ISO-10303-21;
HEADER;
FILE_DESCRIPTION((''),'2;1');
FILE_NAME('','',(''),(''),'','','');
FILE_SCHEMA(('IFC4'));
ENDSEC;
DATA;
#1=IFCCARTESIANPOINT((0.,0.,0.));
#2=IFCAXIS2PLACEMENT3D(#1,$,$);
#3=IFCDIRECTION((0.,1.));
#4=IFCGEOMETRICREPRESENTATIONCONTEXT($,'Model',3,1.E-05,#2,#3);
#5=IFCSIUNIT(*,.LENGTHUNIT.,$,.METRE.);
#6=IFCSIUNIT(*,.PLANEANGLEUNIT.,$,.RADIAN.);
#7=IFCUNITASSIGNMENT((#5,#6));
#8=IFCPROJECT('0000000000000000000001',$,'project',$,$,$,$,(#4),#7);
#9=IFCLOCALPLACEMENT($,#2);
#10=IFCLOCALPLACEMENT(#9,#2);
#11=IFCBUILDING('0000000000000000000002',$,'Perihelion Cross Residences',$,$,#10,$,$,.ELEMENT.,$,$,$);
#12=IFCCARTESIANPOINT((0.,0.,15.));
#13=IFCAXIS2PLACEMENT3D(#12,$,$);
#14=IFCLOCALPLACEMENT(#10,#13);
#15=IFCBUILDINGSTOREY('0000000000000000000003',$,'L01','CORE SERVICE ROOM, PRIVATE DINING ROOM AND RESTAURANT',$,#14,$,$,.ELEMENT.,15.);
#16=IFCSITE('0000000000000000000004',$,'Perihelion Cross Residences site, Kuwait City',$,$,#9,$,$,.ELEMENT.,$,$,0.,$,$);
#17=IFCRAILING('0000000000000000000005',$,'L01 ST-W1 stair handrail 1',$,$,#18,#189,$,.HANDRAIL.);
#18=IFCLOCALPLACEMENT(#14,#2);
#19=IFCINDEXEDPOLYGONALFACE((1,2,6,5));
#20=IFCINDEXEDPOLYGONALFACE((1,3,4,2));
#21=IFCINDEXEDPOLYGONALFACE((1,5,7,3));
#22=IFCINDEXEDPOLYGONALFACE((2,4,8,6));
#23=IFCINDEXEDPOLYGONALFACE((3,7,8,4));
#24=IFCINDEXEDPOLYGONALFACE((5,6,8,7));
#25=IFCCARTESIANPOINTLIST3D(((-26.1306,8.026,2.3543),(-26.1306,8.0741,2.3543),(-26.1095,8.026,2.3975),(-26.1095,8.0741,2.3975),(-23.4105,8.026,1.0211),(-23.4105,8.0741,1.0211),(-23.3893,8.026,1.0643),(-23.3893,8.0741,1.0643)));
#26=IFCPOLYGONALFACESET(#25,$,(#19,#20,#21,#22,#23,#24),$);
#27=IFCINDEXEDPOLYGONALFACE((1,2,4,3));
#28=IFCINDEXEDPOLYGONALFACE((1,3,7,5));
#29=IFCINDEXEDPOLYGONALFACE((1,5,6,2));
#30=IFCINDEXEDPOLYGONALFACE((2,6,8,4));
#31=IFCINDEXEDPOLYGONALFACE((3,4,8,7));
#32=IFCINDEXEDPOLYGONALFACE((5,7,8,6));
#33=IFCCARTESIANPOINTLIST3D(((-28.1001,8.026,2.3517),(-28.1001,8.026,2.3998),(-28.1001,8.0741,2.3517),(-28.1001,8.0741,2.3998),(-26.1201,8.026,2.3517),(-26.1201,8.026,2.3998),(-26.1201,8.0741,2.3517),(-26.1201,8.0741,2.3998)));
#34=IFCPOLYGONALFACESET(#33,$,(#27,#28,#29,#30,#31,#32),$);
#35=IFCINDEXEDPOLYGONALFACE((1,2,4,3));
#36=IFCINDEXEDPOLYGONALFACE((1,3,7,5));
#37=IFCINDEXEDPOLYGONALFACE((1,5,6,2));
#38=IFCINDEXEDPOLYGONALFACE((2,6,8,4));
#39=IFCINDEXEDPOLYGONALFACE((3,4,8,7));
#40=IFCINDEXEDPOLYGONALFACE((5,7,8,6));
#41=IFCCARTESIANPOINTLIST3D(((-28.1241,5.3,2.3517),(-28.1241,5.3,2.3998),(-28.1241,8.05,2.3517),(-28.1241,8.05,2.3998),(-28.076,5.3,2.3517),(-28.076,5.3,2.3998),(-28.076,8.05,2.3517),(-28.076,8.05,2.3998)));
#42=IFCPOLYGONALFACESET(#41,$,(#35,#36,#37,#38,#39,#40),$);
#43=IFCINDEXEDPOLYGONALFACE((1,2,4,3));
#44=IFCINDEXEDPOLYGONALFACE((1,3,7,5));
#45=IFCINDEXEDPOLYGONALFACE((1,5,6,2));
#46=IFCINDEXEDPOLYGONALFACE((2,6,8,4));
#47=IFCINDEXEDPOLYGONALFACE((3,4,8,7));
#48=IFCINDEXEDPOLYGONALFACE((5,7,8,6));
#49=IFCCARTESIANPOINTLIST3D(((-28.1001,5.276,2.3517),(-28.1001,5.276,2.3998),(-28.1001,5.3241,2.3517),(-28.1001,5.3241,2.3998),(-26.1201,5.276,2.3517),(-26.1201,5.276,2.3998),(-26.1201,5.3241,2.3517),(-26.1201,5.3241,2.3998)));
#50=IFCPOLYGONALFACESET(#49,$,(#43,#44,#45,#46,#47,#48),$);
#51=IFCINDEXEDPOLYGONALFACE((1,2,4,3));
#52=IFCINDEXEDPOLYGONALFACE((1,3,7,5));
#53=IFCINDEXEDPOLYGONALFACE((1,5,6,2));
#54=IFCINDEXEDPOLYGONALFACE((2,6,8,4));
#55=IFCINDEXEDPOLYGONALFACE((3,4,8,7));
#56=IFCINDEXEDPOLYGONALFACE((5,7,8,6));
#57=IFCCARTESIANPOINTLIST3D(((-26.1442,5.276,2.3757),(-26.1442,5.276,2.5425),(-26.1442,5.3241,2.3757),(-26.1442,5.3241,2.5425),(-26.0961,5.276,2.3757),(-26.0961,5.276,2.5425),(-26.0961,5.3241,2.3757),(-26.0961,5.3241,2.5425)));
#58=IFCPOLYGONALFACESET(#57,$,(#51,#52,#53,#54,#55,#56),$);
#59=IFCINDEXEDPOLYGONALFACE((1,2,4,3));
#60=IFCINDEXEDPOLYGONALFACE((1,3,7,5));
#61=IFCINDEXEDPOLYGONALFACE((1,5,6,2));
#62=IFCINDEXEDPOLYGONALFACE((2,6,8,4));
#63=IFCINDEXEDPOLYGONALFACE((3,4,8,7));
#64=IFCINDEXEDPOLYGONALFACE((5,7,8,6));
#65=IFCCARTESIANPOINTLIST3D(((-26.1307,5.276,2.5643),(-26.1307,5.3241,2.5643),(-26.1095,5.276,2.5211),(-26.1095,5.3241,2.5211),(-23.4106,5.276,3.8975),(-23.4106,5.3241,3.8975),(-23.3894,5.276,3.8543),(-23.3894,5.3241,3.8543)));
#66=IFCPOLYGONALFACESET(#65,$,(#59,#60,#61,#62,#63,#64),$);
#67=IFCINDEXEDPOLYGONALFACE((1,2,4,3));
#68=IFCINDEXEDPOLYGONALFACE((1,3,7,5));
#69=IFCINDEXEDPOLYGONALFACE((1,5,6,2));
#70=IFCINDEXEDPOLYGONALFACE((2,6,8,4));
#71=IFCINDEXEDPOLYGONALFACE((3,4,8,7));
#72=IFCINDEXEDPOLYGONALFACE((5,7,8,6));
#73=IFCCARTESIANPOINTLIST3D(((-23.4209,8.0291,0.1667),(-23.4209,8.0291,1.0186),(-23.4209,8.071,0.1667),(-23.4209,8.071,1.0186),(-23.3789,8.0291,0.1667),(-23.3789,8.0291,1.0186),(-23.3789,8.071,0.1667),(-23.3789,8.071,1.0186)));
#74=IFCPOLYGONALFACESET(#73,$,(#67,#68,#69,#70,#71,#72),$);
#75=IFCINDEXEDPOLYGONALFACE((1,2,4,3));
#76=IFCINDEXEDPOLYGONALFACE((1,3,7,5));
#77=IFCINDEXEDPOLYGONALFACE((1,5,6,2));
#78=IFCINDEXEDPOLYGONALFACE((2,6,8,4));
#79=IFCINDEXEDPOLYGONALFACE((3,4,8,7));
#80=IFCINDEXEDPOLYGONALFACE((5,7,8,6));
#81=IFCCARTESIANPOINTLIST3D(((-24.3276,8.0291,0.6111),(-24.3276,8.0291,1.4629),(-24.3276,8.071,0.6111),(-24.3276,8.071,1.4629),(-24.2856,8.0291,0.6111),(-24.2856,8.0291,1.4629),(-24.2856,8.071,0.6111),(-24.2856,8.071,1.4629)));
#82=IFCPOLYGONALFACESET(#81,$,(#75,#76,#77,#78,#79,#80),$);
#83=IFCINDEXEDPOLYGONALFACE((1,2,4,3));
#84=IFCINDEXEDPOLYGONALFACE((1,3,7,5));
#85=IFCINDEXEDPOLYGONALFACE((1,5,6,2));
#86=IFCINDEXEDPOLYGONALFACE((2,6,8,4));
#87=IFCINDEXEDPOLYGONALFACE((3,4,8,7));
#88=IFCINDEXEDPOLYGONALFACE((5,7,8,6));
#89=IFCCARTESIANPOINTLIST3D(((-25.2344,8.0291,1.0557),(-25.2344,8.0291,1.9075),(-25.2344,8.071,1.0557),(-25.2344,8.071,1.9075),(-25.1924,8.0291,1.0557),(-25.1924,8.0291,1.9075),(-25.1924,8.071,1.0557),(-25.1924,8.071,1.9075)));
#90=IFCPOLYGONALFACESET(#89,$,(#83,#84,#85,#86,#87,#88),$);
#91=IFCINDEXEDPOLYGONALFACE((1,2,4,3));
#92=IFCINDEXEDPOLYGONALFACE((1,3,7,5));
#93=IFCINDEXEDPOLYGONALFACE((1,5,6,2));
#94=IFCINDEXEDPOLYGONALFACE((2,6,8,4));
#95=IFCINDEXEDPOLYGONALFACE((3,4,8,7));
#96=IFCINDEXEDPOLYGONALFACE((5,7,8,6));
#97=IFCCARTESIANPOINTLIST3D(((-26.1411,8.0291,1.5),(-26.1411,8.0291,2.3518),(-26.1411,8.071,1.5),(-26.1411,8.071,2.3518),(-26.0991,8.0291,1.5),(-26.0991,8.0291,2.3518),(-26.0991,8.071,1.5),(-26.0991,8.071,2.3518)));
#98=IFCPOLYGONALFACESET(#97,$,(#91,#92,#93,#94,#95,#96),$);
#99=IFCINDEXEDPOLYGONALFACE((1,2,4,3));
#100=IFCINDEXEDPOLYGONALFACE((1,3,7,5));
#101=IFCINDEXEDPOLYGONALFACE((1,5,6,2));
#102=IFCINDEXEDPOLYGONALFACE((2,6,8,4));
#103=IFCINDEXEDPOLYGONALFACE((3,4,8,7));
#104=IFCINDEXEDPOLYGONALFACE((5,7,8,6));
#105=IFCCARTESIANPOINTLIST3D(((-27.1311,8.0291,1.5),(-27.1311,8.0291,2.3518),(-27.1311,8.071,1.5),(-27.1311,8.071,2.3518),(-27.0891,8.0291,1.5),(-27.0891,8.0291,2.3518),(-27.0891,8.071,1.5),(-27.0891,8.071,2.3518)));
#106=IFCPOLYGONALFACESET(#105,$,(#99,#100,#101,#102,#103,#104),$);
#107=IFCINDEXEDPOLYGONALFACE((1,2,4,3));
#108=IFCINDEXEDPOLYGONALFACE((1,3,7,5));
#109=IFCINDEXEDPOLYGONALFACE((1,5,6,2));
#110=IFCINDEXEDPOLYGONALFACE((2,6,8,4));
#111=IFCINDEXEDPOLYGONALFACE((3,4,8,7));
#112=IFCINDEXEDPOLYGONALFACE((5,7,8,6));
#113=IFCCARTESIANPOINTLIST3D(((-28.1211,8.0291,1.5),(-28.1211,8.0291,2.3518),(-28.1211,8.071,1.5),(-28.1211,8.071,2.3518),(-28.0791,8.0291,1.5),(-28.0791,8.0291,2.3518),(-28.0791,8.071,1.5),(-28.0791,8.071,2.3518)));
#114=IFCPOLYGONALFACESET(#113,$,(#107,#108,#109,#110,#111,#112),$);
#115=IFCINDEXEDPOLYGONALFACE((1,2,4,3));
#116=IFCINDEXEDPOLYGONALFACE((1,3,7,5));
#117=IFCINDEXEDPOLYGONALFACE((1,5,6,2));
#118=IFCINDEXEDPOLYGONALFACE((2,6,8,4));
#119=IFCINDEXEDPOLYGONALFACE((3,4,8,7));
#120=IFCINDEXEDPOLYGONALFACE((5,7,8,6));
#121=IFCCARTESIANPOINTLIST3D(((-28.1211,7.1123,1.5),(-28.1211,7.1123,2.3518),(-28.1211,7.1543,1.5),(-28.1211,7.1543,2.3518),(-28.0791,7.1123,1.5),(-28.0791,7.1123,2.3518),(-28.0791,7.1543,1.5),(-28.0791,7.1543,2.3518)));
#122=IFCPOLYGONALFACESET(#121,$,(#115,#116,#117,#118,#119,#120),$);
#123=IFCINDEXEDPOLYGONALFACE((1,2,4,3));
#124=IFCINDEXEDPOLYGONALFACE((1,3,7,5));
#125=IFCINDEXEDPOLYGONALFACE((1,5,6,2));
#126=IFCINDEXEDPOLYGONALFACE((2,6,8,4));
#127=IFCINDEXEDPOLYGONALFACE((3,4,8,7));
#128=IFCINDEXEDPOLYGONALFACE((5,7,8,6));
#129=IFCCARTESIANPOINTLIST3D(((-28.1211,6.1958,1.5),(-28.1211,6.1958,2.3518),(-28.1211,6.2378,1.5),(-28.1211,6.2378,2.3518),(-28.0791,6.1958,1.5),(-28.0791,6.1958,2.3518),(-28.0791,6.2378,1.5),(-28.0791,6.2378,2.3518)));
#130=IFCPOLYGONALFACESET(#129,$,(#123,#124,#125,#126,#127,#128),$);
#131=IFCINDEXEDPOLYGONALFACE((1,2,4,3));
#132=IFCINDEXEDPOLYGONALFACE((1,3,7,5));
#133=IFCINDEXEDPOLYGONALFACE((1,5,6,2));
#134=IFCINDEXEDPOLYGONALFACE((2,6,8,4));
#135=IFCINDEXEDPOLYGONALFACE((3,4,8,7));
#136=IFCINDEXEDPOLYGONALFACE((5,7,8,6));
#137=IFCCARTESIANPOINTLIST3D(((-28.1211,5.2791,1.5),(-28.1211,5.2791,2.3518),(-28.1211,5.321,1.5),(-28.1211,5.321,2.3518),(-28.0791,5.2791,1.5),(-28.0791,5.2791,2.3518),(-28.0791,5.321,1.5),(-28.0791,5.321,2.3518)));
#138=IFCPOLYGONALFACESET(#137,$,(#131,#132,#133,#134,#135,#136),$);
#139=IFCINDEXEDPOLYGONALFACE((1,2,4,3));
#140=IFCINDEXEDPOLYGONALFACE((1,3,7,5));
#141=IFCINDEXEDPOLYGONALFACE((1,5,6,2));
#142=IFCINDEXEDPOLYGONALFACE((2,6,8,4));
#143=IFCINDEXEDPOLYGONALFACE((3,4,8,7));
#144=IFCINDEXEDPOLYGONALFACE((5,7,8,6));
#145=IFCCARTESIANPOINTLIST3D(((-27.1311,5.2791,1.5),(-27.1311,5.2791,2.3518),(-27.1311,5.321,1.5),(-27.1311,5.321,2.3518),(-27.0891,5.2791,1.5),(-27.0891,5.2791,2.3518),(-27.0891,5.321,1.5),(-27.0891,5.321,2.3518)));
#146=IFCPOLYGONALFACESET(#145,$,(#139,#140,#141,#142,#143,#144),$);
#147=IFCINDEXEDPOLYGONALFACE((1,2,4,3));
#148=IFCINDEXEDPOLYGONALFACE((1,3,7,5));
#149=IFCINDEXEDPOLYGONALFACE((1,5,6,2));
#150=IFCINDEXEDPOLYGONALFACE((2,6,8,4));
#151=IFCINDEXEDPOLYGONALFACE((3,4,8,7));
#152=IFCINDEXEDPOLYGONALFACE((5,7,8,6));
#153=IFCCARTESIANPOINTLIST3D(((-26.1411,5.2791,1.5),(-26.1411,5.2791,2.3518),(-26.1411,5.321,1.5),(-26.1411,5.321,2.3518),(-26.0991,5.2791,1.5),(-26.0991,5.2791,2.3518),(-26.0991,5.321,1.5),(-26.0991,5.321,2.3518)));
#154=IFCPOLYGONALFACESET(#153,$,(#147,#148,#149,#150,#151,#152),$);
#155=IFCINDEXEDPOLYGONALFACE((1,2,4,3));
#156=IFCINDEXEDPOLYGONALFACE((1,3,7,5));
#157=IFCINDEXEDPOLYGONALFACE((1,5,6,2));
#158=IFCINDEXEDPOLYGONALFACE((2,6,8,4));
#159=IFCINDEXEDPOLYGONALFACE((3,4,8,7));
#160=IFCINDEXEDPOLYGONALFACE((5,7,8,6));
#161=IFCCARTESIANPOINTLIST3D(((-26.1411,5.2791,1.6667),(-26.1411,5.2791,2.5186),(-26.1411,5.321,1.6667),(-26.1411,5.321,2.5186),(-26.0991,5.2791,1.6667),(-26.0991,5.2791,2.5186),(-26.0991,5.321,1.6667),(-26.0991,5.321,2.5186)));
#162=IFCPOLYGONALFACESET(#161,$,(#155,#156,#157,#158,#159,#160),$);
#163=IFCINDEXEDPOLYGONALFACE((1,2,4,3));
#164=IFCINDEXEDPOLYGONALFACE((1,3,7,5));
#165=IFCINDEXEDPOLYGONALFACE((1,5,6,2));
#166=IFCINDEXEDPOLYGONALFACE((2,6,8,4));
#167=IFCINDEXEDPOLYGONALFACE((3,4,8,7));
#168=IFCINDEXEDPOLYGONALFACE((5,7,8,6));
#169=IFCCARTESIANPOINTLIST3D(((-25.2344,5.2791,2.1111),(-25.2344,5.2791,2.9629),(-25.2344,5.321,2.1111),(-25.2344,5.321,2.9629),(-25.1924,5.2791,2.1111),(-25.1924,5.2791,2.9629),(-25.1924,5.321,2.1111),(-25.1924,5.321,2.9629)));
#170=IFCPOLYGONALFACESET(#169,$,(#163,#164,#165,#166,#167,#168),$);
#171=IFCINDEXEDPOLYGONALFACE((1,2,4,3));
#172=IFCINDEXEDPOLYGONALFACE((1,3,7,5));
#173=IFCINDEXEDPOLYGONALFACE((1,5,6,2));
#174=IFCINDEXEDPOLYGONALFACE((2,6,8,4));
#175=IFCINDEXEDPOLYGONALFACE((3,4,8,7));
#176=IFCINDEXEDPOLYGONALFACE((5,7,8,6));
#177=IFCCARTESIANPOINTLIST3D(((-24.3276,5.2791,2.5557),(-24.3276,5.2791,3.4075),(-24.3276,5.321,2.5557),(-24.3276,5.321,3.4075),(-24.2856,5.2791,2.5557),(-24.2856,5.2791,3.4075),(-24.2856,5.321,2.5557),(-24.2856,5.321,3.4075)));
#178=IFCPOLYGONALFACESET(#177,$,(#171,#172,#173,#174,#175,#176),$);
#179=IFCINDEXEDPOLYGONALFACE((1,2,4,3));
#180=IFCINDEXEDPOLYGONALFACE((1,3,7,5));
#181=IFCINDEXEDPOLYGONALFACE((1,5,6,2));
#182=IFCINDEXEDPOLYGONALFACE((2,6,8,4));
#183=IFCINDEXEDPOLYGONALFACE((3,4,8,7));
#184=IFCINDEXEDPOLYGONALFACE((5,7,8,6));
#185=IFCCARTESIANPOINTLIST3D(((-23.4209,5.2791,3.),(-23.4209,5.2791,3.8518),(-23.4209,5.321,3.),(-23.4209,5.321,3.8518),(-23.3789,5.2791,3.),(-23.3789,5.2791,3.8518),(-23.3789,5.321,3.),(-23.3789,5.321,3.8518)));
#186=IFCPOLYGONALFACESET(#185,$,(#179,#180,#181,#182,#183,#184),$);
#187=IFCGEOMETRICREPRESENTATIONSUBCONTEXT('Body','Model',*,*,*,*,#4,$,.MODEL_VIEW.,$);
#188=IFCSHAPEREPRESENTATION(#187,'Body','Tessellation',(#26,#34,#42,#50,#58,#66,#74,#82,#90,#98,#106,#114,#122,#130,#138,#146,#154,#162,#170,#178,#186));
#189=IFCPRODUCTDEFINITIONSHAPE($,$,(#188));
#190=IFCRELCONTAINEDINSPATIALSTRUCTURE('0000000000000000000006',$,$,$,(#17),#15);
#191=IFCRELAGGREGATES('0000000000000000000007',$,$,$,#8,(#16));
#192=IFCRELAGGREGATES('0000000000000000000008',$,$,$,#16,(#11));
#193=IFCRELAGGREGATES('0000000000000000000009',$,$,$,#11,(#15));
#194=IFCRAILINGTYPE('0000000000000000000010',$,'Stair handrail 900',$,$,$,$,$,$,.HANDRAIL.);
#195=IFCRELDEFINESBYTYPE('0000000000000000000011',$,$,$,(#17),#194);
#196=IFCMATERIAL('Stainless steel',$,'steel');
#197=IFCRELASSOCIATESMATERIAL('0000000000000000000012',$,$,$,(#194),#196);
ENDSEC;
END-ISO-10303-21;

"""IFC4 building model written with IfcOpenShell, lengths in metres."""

from ifc_helpers import new_model, si_unit, direction, frame, origin, origin_2d, place, context, subcontext, project, spatial, rectangle, extrude, material, type_object, element, save


model = new_model("IFC4")

# Units and contexts
model_context = context("Model", 3, precision=1e-05, world=origin(), true_north=direction((0.0, 1.0)))
body_context = subcontext(model_context, "Body", "Model", "MODEL_VIEW")
ifc_project = project(units=[si_unit("LENGTHUNIT", "METRE"), si_unit("PLANEANGLEUNIT", "RADIAN")], contexts=[model_context])

# Site, building, storey
site_placement = place(None, origin())
site = spatial("IfcSite", under=ifc_project, at=site_placement, Name="Perihelion Cross Residences site, Kuwait City", CompositionType="ELEMENT", RefElevation=0.0)
building_placement = place(site_placement, origin())
building = spatial("IfcBuilding", under=site, at=building_placement, Name="Perihelion Cross Residences", CompositionType="ELEMENT")
storey_placement = place(building_placement, frame((0.0, 0.0, 15.0)))
storey = spatial("IfcBuildingStorey", under=building, at=storey_placement, Name="L01", Description="CORE SERVICE ROOM, PRIVATE DINING ROOM AND RESTAURANT", CompositionType="ELEMENT", Elevation=15.0)

# Railing
ifc_material_1 = material(Name="Stainless steel", Category="steel")
railing_type_1 = type_object("IfcRailingType", Name="Stair handrail 900", PredefinedType="HANDRAIL", material=ifc_material_1)
railing_1_placement = place(storey_placement, frame((-23.3999, 8.05, 0.1667)))
element("IfcRailing", 1, at=railing_1_placement, inside=storey, type_object=railing_type_1, Name="L01 ST-W1 stair handrail 1", PredefinedType="HANDRAIL", context=body_context, shape_type="SweptSolid", body=[
    extrude(rectangle(XDim=0.0481, YDim=0.0481, at=origin_2d()), frame((0.0, 0.0, 0.876), z_axis=(-0.897945, 0.0, 0.440108), x_axis=(0.0, -1.0, 0.0)), (0.0, 0.0, 1.0), 3.0293),
    extrude(rectangle(XDim=0.0481, YDim=0.0481, at=origin_2d()), frame((-2.7202, 0.0, 2.209), z_axis=(-1.0, 0.0, 0.0), x_axis=(0.0, -1.0, 0.0)), (0.0, 0.0, 1.0), 1.98),
    extrude(rectangle(XDim=0.0481, YDim=0.0481, at=origin_2d()), frame((-4.7002, 0.0, 2.209), z_axis=(0.0, -1.0, 0.0), x_axis=(1.0, 0.0, 0.0)), (0.0, 0.0, 1.0), 2.75),
    extrude(rectangle(XDim=0.0481, YDim=0.0481, at=origin_2d()), frame((-4.7002, -2.75, 2.209), z_axis=(1.0, 0.0, 0.0), x_axis=(0.0, 1.0, 0.0)), (0.0, 0.0, 1.0), 1.98),
    extrude(rectangle(XDim=0.0481, YDim=0.0481, at=origin_2d()), frame((-2.7202, -2.75, 2.209), z_axis=(0.0, 0.0, 1.0), x_axis=(1.0, 0.0, 0.0)), (0.0, 0.0, 1.0), 0.1667),
    extrude(rectangle(XDim=0.0481, YDim=0.0481, at=origin_2d()), frame((-2.7202, -2.75, 2.376), z_axis=(0.897945, 0.0, 0.440108), x_axis=(0.0, 1.0, 0.0)), (0.0, 0.0, 1.0), 3.0293),
    extrude(rectangle(XDim=0.042, YDim=0.042, at=origin_2d()), origin(), (0.0, 0.0, 1.0), 0.8518),
    extrude(rectangle(XDim=0.042, YDim=0.042, at=origin_2d()), frame((-0.9067, 0.0, 0.4443)), (0.0, 0.0, 1.0), 0.8518),
    extrude(rectangle(XDim=0.042, YDim=0.042, at=origin_2d()), frame((-1.8135, 0.0, 0.8889)), (0.0, 0.0, 1.0), 0.8518),
    extrude(rectangle(XDim=0.042, YDim=0.042, at=origin_2d()), frame((-2.7202, 0.0, 1.3333)), (0.0, 0.0, 1.0), 0.8518),
    extrude(rectangle(XDim=0.042, YDim=0.042, at=origin_2d()), frame((-3.7102, 0.0, 1.3333)), (0.0, 0.0, 1.0), 0.8518),
    extrude(rectangle(XDim=0.042, YDim=0.042, at=origin_2d()), frame((-4.7002, 0.0, 1.3333)), (0.0, 0.0, 1.0), 0.8518),
    extrude(rectangle(XDim=0.042, YDim=0.042, at=origin_2d()), frame((-4.7002, -0.9167, 1.3333)), (0.0, 0.0, 1.0), 0.8518),
    extrude(rectangle(XDim=0.042, YDim=0.042, at=origin_2d()), frame((-4.7002, -1.8333, 1.3333)), (0.0, 0.0, 1.0), 0.8518),
    extrude(rectangle(XDim=0.042, YDim=0.042, at=origin_2d()), frame((-4.7002, -2.75, 1.3333)), (0.0, 0.0, 1.0), 0.8518),
    extrude(rectangle(XDim=0.042, YDim=0.042, at=origin_2d()), frame((-3.7102, -2.75, 1.3333)), (0.0, 0.0, 1.0), 0.8518),
    extrude(rectangle(XDim=0.042, YDim=0.042, at=origin_2d()), frame((-2.7202, -2.75, 1.3333)), (0.0, 0.0, 1.0), 0.8518),
    extrude(rectangle(XDim=0.042, YDim=0.042, at=origin_2d()), frame((-2.7202, -2.75, 1.5)), (0.0, 0.0, 1.0), 0.8518),
    extrude(rectangle(XDim=0.042, YDim=0.042, at=origin_2d()), frame((-1.8135, -2.75, 1.9443)), (0.0, 0.0, 1.0), 0.8518),
    extrude(rectangle(XDim=0.042, YDim=0.042, at=origin_2d()), frame((-0.9067, -2.75, 2.3889)), (0.0, 0.0, 1.0), 0.8518),
    extrude(rectangle(XDim=0.042, YDim=0.042, at=origin_2d()), frame((0.0, -2.75, 2.8333)), (0.0, 0.0, 1.0), 0.8518),
])

save(model, "model.ifc")
